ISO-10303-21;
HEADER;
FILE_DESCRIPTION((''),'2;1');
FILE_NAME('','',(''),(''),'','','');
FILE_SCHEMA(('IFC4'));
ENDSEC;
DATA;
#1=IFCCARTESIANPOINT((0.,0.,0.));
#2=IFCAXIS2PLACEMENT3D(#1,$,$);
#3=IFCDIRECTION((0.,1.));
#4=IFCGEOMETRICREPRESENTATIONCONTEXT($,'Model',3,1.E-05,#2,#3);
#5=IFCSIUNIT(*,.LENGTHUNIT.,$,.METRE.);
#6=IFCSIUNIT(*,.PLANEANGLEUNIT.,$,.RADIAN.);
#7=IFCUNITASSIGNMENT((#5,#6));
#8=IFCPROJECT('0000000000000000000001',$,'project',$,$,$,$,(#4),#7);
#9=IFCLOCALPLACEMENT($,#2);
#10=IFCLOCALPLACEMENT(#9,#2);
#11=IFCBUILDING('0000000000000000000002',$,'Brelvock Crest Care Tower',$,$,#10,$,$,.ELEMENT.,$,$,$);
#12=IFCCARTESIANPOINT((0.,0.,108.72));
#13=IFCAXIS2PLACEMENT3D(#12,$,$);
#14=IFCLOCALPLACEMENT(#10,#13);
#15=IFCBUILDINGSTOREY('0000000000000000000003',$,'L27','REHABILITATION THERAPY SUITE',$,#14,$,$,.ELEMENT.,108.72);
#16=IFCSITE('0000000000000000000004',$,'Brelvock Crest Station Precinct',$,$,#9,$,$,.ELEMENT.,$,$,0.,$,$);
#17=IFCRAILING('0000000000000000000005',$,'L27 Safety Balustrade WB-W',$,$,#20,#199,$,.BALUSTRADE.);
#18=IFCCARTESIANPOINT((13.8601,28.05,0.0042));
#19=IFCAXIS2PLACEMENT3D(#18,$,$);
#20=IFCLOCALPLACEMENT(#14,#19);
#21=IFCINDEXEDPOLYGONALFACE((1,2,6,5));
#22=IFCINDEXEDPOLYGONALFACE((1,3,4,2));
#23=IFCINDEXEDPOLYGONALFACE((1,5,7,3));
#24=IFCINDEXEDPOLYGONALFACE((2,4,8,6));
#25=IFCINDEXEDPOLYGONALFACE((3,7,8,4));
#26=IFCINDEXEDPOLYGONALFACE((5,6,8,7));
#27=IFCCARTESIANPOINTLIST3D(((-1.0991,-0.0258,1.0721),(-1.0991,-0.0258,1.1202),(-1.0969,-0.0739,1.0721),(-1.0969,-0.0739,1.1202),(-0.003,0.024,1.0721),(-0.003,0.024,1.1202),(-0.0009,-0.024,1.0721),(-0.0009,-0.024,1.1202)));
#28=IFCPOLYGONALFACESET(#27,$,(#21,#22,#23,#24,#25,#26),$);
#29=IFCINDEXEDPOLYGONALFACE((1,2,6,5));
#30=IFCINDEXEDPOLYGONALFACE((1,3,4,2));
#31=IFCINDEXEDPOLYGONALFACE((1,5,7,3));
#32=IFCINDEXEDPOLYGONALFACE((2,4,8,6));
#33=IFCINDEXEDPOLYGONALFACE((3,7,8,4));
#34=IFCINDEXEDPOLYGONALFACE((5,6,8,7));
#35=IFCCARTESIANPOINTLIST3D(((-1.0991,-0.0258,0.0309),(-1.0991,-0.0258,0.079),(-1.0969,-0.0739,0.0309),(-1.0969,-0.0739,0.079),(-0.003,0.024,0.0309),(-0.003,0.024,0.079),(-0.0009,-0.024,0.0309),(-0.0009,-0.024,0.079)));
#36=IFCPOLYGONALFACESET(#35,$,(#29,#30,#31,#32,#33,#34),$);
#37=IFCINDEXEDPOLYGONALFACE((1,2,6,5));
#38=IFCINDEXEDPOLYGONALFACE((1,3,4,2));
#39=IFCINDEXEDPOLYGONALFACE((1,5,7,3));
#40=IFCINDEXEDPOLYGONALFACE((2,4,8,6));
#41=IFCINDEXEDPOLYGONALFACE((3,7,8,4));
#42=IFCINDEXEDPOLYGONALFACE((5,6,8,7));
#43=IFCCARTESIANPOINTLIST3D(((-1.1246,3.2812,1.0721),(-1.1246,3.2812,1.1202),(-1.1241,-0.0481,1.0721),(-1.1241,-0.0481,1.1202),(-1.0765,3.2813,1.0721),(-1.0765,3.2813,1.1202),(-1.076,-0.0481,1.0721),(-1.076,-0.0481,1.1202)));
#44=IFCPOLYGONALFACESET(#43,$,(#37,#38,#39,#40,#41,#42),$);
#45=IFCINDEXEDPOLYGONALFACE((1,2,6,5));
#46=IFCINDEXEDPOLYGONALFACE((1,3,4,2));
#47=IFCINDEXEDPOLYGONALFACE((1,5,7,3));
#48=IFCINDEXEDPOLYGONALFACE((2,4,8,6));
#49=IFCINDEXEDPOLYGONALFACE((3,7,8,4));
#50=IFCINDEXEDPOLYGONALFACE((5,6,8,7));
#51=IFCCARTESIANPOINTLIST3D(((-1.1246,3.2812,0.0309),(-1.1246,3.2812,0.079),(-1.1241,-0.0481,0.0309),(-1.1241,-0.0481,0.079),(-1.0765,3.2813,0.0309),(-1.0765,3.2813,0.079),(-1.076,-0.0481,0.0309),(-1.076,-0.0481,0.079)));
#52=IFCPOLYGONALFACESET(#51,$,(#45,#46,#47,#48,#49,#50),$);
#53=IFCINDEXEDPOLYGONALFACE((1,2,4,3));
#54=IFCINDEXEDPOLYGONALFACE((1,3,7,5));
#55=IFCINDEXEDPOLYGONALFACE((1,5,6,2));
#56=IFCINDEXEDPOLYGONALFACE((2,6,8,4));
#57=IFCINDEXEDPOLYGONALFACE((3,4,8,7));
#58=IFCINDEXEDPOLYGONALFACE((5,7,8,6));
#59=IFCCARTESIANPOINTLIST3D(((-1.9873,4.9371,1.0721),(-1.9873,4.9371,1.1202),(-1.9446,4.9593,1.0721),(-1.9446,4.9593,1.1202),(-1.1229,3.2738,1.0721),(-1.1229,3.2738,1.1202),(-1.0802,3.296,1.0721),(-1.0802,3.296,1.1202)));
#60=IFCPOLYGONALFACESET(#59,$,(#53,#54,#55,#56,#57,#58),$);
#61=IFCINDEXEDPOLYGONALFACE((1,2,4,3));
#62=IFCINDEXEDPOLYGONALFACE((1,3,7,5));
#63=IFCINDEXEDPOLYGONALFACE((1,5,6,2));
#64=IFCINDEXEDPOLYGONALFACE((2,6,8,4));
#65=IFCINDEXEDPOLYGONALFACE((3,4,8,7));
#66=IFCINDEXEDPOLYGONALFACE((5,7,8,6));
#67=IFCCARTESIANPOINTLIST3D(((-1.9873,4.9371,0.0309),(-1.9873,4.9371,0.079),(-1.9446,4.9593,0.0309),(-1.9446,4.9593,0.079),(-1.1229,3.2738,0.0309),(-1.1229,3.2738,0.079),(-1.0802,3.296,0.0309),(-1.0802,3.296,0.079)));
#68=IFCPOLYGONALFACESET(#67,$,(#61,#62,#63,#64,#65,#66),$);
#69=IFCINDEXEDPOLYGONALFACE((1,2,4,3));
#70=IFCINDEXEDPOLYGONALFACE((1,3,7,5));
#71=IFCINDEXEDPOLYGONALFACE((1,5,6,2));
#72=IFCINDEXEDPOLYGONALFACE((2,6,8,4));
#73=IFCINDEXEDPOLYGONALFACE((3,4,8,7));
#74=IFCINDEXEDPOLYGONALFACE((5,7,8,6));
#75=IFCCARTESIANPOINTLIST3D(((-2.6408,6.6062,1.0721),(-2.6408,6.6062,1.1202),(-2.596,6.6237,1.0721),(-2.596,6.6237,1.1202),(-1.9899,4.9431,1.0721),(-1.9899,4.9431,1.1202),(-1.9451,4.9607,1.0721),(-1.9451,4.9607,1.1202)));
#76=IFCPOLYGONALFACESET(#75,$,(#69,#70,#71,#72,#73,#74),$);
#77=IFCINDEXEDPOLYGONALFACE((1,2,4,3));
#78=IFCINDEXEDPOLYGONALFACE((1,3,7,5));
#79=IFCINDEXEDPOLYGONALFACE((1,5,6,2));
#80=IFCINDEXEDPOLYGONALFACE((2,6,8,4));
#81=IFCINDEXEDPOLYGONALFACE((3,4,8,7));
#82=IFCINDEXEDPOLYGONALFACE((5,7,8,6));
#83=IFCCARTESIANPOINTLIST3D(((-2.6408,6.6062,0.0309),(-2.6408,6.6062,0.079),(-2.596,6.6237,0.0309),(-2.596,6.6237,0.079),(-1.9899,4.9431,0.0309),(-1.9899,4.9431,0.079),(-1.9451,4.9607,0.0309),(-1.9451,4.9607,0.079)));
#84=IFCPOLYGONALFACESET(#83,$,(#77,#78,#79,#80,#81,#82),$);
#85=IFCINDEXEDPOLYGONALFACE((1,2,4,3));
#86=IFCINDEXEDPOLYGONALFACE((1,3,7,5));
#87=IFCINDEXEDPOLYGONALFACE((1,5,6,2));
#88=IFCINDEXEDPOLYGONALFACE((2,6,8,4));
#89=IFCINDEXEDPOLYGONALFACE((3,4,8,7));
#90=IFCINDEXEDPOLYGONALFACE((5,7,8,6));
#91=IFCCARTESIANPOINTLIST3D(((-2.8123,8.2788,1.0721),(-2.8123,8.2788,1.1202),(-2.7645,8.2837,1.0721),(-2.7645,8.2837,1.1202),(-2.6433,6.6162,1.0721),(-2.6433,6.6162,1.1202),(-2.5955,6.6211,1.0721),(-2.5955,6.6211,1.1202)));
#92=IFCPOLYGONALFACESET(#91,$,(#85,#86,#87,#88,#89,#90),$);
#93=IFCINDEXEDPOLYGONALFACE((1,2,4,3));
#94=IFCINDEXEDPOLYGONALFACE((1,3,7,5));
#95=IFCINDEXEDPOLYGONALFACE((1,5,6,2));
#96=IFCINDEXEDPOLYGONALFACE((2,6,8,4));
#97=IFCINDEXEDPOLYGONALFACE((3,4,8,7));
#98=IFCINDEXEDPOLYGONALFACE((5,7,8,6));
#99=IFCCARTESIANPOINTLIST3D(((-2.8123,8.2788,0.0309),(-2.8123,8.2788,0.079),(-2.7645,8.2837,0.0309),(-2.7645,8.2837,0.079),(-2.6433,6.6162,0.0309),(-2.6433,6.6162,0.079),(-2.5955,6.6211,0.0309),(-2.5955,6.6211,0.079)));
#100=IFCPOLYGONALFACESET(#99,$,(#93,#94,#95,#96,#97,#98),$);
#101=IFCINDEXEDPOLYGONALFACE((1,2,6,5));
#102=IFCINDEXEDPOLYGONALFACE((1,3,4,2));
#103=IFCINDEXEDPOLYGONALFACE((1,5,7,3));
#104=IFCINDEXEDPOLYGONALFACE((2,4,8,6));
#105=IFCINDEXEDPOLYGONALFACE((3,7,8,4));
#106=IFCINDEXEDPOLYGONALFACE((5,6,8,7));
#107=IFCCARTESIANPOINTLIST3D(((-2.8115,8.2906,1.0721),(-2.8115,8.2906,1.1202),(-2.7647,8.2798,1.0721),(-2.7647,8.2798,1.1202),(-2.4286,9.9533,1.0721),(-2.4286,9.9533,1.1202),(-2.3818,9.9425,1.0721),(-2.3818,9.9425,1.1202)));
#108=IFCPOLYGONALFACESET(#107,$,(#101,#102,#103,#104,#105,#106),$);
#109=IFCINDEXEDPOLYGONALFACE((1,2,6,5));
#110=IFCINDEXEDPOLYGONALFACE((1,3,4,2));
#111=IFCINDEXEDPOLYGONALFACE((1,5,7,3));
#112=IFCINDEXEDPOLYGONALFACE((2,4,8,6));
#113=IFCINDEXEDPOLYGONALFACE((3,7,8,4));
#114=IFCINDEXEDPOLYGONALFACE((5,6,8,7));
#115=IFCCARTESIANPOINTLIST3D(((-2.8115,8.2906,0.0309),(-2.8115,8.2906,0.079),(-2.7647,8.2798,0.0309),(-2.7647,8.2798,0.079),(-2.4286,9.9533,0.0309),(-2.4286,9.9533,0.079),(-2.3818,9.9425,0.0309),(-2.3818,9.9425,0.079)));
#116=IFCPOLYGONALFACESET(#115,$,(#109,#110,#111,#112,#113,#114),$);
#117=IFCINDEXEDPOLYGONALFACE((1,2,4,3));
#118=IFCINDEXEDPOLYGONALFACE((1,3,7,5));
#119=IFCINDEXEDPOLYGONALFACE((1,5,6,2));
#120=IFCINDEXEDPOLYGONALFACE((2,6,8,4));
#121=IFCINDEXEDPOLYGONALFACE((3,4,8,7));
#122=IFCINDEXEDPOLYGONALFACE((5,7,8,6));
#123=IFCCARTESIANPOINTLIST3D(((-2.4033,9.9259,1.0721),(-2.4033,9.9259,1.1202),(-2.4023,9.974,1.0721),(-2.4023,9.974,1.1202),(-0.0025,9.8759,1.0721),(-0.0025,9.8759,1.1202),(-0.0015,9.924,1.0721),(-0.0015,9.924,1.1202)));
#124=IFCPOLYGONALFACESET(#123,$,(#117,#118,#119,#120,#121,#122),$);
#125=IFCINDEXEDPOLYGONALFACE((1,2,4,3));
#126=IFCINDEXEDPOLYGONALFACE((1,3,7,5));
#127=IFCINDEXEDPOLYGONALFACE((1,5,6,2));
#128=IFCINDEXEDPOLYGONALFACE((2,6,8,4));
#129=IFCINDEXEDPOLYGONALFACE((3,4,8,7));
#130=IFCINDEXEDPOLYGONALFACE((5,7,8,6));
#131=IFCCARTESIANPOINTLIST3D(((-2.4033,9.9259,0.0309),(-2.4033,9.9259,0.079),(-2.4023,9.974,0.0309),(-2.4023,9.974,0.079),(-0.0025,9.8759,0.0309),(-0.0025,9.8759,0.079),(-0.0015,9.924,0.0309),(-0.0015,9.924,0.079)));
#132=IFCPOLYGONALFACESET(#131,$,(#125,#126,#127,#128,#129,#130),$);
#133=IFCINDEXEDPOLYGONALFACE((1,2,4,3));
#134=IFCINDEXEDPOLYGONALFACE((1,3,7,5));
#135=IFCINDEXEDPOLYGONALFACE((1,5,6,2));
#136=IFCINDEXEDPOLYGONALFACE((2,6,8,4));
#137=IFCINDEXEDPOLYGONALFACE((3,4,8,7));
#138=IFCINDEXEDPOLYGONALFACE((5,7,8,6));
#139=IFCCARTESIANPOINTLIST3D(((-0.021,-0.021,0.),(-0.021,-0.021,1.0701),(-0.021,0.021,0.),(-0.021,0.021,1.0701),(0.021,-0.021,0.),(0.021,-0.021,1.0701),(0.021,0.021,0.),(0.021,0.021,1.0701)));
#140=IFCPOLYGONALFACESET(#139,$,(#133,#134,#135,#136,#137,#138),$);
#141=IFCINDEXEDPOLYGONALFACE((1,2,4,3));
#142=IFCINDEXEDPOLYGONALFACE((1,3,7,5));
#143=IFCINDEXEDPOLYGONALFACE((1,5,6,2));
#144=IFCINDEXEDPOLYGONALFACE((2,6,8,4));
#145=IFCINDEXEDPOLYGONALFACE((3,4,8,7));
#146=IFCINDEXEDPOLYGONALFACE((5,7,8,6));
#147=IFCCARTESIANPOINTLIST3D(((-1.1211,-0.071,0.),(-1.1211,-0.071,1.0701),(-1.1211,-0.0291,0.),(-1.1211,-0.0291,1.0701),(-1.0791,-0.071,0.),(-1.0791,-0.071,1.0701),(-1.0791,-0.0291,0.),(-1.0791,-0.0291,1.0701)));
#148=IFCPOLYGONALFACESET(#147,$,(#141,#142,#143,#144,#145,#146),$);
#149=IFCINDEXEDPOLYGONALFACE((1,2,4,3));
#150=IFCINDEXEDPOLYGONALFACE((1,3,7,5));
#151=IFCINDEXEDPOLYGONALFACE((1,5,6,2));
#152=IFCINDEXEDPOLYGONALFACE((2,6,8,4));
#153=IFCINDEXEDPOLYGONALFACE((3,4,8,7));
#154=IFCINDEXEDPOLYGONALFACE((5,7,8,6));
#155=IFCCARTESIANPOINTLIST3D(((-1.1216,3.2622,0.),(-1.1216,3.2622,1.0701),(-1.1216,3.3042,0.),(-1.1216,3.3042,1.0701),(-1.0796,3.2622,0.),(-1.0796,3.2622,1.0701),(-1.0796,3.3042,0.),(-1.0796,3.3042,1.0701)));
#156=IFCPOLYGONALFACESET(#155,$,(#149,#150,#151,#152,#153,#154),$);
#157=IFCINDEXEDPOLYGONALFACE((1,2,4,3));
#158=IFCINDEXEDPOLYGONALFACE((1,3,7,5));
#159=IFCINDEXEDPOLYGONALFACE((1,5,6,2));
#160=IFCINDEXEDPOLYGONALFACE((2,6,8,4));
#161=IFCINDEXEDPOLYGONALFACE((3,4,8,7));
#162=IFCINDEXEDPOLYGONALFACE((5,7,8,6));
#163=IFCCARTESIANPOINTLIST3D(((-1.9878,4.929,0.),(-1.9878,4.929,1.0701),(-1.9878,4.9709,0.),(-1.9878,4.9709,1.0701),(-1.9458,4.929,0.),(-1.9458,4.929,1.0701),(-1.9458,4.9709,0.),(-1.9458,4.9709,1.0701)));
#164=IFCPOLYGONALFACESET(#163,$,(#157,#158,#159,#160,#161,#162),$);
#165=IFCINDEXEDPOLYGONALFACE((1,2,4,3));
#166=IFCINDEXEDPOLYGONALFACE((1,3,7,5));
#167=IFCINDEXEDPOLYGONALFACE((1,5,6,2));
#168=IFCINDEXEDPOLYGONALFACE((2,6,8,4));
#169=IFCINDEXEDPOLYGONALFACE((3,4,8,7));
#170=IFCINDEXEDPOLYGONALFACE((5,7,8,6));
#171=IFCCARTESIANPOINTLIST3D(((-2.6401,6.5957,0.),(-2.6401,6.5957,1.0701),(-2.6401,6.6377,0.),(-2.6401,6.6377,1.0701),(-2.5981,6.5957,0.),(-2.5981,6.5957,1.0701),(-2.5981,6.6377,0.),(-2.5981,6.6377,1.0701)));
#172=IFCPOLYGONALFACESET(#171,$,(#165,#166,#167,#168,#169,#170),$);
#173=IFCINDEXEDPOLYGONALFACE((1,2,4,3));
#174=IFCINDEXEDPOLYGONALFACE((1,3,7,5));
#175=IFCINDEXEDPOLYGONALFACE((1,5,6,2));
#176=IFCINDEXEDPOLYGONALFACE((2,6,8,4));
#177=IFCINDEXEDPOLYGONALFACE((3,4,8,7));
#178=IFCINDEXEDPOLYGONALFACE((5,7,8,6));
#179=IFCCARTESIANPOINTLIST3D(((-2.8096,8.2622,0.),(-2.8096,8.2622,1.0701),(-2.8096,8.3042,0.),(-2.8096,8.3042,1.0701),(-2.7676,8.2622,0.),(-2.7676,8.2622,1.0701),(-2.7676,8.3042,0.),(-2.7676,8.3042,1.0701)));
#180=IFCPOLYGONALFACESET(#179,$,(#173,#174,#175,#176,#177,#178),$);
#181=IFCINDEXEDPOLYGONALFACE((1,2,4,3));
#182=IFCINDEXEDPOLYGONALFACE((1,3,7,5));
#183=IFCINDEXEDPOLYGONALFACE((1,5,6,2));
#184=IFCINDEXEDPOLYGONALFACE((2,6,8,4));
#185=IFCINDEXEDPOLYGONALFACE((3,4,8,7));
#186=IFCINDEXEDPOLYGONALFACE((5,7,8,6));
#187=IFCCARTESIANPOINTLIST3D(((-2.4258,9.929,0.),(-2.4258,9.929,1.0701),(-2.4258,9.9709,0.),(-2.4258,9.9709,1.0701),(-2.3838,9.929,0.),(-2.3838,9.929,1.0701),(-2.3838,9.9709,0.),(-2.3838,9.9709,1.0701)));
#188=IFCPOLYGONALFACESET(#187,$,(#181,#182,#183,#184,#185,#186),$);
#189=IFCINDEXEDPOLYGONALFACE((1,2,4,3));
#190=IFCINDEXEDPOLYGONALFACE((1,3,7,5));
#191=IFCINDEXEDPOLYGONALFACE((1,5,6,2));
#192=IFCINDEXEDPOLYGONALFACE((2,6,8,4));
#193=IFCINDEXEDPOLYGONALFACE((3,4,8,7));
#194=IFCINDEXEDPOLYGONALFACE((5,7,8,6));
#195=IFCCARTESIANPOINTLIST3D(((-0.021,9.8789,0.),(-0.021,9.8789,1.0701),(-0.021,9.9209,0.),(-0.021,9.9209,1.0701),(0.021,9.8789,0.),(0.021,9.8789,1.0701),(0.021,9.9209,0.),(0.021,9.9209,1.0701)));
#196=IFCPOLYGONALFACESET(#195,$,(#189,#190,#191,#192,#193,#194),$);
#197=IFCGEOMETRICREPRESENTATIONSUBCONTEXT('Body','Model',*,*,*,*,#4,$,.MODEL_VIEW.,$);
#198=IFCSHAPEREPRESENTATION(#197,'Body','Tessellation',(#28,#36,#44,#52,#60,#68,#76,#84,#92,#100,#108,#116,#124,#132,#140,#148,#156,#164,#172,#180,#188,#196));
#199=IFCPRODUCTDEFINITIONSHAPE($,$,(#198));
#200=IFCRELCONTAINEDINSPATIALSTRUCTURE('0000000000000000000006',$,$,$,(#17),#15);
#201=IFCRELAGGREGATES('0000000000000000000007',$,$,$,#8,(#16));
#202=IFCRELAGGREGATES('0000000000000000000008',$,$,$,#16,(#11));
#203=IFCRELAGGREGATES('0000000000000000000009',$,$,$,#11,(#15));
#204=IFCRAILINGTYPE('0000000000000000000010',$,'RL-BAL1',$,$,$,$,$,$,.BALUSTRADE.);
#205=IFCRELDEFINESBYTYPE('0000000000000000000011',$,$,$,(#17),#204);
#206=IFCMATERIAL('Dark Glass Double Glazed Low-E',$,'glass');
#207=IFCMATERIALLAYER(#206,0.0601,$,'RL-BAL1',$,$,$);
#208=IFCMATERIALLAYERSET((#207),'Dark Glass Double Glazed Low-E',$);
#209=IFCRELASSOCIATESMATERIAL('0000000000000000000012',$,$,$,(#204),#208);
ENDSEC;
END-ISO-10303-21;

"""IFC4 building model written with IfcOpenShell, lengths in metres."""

from ifc_helpers import new_model, si_unit, direction, frame, origin, origin_2d, place, context, subcontext, project, spatial, rectangle, extrude, material, layer, layer_set, type_object, element, save


model = new_model("IFC4")

# Units and contexts
model_context = context("Model", 3, precision=1e-05, world=origin(), true_north=direction((0.0, 1.0)))
body_context = subcontext(model_context, "Body", "Model", "MODEL_VIEW")
ifc_project = project(units=[si_unit("LENGTHUNIT", "METRE"), si_unit("PLANEANGLEUNIT", "RADIAN")], contexts=[model_context])

# Site, building, storey
site_placement = place(None, origin())
site = spatial("IfcSite", under=ifc_project, at=site_placement, Name="Brelvock Crest Station Precinct", CompositionType="ELEMENT", RefElevation=0.0)
building_placement = place(site_placement, origin())
building = spatial("IfcBuilding", under=site, at=building_placement, Name="Brelvock Crest Care Tower", CompositionType="ELEMENT")
storey_placement = place(building_placement, frame((0.0, 0.0, 108.72)))
storey = spatial("IfcBuildingStorey", under=building, at=storey_placement, Name="L27", Description="REHABILITATION THERAPY SUITE", CompositionType="ELEMENT", Elevation=108.72)

# Shared definitions
ifc_material_1 = material(Name="Dark Glass Double Glazed Low-E", Category="glass")

# Railing
ifc_layer_1 = layer(ifc_material_1, 0.0601, Name="RL-BAL1")
ifc_layer_set_1 = layer_set([ifc_layer_1], Name="Dark Glass Double Glazed Low-E")
railing_type = type_object("IfcRailingType", Name="RL-BAL1", PredefinedType="BALUSTRADE", material=ifc_layer_set_1)
railing_placement = place(storey_placement, frame((13.8601, 28.05, 0.0042)))
element("IfcRailing", 1, at=railing_placement, inside=storey, type_object=railing_type, Name="L27 Safety Balustrade WB-W", PredefinedType="BALUSTRADE", context=body_context, shape_type="SweptSolid", body=[
    extrude(rectangle(XDim=0.0481, YDim=0.0481, at=origin_2d()), frame((-0.002, 0.0, 1.0962), z_axis=(-0.998967, -0.045448, 0.0), x_axis=(0.045448, -0.998967, 0.0)), (0.0, 0.0, 1.0), 1.0972),
    extrude(rectangle(XDim=0.0481, YDim=0.0481, at=origin_2d()), frame((-0.002, 0.0, 0.0549), z_axis=(-0.998967, -0.045448, 0.0), x_axis=(0.045448, -0.998967, 0.0)), (0.0, 0.0, 1.0), 1.0972),
    extrude(rectangle(XDim=0.0481, YDim=0.0481, at=origin_2d()), frame((-1.1001, -0.0481, 1.0962), z_axis=(-0.000146, 1.0, 0.0), x_axis=(-1.0, -0.000146, 0.0)), (0.0, 0.0, 1.0), 3.3293),
    extrude(rectangle(XDim=0.0481, YDim=0.0481, at=origin_2d()), frame((-1.1001, -0.0481, 0.0549), z_axis=(-0.000146, 1.0, 0.0), x_axis=(-1.0, -0.000146, 0.0)), (0.0, 0.0, 1.0), 3.3293),
    extrude(rectangle(XDim=0.0481, YDim=0.0481, at=origin_2d()), frame((-1.1016, 3.2849, 1.0962), z_axis=(-0.461144, 0.887325, 0.0), x_axis=(-0.887325, -0.461144, 0.0)), (0.0, 0.0, 1.0), 1.8745),
    extrude(rectangle(XDim=0.0481, YDim=0.0481, at=origin_2d()), frame((-1.1016, 3.2849, 0.0549), z_axis=(-0.461144, 0.887325, 0.0), x_axis=(-0.887325, -0.461144, 0.0)), (0.0, 0.0, 1.0), 1.8745),
    extrude(rectangle(XDim=0.0481, YDim=0.0481, at=origin_2d()), frame((-1.9675, 4.9519, 1.0962), z_axis=(-0.364466, 0.931217, 0.0), x_axis=(-0.931217, -0.364466, 0.0)), (0.0, 0.0, 1.0), 1.7859),
    extrude(rectangle(XDim=0.0481, YDim=0.0481, at=origin_2d()), frame((-1.9675, 4.9519, 0.0549), z_axis=(-0.364466, 0.931217, 0.0), x_axis=(-0.931217, -0.364466, 0.0)), (0.0, 0.0, 1.0), 1.7859),
    extrude(rectangle(XDim=0.0481, YDim=0.0481, at=origin_2d()), frame((-2.6194, 6.6187, 1.0962), z_axis=(-0.101149, 0.994871, 0.0), x_axis=(-0.994871, -0.101149, 0.0)), (0.0, 0.0, 1.0), 1.6711),
    extrude(rectangle(XDim=0.0481, YDim=0.0481, at=origin_2d()), frame((-2.6194, 6.6187, 0.0549), z_axis=(-0.101149, 0.994871, 0.0), x_axis=(-0.994871, -0.101149, 0.0)), (0.0, 0.0, 1.0), 1.6711),
    extrude(rectangle(XDim=0.0481, YDim=0.0481, at=origin_2d()), frame((-2.7881, 8.2852, 1.0962), z_axis=(0.22439, 0.974499, 0.0), x_axis=(-0.974499, 0.22439, 0.0)), (0.0, 0.0, 1.0), 1.7063),
    extrude(rectangle(XDim=0.0481, YDim=0.0481, at=origin_2d()), frame((-2.7881, 8.2852, 0.0549), z_axis=(0.22439, 0.974499, 0.0), x_axis=(-0.974499, 0.22439, 0.0)), (0.0, 0.0, 1.0), 1.7063),
    extrude(rectangle(XDim=0.0481, YDim=0.0481, at=origin_2d()), frame((-2.4028, 9.95, 1.0962), z_axis=(0.999783, -0.020808, 0.0), x_axis=(0.020808, 0.999783, 0.0)), (0.0, 0.0, 1.0), 2.4014),
    extrude(rectangle(XDim=0.0481, YDim=0.0481, at=origin_2d()), frame((-2.4028, 9.95, 0.0549), z_axis=(0.999783, -0.020808, 0.0), x_axis=(0.020808, 0.999783, 0.0)), (0.0, 0.0, 1.0), 2.4014),
    extrude(rectangle(XDim=0.042, YDim=0.042, at=origin_2d()), origin(), (0.0, 0.0, 1.0), 1.0701),
    extrude(rectangle(XDim=0.042, YDim=0.042, at=origin_2d()), frame((-1.1001, -0.05, 0.0)), (0.0, 0.0, 1.0), 1.0701),
    extrude(rectangle(XDim=0.042, YDim=0.042, at=origin_2d()), frame((-1.1006, 3.2832, 0.0)), (0.0, 0.0, 1.0), 1.0701),
    extrude(rectangle(XDim=0.042, YDim=0.042, at=origin_2d()), frame((-1.9668, 4.95, 0.0)), (0.0, 0.0, 1.0), 1.0701),
    extrude(rectangle(XDim=0.042, YDim=0.042, at=origin_2d()), frame((-2.6191, 6.6167, 0.0)), (0.0, 0.0, 1.0), 1.0701),
    extrude(rectangle(XDim=0.042, YDim=0.042, at=origin_2d()), frame((-2.7886, 8.2832, 0.0)), (0.0, 0.0, 1.0), 1.0701),
    extrude(rectangle(XDim=0.042, YDim=0.042, at=origin_2d()), frame((-2.4048, 9.95, 0.0)), (0.0, 0.0, 1.0), 1.0701),
    extrude(rectangle(XDim=0.042, YDim=0.042, at=origin_2d()), frame((0.0, 9.8999, 0.0)), (0.0, 0.0, 1.0), 1.0701),
])

save(model, "model.ifc")
